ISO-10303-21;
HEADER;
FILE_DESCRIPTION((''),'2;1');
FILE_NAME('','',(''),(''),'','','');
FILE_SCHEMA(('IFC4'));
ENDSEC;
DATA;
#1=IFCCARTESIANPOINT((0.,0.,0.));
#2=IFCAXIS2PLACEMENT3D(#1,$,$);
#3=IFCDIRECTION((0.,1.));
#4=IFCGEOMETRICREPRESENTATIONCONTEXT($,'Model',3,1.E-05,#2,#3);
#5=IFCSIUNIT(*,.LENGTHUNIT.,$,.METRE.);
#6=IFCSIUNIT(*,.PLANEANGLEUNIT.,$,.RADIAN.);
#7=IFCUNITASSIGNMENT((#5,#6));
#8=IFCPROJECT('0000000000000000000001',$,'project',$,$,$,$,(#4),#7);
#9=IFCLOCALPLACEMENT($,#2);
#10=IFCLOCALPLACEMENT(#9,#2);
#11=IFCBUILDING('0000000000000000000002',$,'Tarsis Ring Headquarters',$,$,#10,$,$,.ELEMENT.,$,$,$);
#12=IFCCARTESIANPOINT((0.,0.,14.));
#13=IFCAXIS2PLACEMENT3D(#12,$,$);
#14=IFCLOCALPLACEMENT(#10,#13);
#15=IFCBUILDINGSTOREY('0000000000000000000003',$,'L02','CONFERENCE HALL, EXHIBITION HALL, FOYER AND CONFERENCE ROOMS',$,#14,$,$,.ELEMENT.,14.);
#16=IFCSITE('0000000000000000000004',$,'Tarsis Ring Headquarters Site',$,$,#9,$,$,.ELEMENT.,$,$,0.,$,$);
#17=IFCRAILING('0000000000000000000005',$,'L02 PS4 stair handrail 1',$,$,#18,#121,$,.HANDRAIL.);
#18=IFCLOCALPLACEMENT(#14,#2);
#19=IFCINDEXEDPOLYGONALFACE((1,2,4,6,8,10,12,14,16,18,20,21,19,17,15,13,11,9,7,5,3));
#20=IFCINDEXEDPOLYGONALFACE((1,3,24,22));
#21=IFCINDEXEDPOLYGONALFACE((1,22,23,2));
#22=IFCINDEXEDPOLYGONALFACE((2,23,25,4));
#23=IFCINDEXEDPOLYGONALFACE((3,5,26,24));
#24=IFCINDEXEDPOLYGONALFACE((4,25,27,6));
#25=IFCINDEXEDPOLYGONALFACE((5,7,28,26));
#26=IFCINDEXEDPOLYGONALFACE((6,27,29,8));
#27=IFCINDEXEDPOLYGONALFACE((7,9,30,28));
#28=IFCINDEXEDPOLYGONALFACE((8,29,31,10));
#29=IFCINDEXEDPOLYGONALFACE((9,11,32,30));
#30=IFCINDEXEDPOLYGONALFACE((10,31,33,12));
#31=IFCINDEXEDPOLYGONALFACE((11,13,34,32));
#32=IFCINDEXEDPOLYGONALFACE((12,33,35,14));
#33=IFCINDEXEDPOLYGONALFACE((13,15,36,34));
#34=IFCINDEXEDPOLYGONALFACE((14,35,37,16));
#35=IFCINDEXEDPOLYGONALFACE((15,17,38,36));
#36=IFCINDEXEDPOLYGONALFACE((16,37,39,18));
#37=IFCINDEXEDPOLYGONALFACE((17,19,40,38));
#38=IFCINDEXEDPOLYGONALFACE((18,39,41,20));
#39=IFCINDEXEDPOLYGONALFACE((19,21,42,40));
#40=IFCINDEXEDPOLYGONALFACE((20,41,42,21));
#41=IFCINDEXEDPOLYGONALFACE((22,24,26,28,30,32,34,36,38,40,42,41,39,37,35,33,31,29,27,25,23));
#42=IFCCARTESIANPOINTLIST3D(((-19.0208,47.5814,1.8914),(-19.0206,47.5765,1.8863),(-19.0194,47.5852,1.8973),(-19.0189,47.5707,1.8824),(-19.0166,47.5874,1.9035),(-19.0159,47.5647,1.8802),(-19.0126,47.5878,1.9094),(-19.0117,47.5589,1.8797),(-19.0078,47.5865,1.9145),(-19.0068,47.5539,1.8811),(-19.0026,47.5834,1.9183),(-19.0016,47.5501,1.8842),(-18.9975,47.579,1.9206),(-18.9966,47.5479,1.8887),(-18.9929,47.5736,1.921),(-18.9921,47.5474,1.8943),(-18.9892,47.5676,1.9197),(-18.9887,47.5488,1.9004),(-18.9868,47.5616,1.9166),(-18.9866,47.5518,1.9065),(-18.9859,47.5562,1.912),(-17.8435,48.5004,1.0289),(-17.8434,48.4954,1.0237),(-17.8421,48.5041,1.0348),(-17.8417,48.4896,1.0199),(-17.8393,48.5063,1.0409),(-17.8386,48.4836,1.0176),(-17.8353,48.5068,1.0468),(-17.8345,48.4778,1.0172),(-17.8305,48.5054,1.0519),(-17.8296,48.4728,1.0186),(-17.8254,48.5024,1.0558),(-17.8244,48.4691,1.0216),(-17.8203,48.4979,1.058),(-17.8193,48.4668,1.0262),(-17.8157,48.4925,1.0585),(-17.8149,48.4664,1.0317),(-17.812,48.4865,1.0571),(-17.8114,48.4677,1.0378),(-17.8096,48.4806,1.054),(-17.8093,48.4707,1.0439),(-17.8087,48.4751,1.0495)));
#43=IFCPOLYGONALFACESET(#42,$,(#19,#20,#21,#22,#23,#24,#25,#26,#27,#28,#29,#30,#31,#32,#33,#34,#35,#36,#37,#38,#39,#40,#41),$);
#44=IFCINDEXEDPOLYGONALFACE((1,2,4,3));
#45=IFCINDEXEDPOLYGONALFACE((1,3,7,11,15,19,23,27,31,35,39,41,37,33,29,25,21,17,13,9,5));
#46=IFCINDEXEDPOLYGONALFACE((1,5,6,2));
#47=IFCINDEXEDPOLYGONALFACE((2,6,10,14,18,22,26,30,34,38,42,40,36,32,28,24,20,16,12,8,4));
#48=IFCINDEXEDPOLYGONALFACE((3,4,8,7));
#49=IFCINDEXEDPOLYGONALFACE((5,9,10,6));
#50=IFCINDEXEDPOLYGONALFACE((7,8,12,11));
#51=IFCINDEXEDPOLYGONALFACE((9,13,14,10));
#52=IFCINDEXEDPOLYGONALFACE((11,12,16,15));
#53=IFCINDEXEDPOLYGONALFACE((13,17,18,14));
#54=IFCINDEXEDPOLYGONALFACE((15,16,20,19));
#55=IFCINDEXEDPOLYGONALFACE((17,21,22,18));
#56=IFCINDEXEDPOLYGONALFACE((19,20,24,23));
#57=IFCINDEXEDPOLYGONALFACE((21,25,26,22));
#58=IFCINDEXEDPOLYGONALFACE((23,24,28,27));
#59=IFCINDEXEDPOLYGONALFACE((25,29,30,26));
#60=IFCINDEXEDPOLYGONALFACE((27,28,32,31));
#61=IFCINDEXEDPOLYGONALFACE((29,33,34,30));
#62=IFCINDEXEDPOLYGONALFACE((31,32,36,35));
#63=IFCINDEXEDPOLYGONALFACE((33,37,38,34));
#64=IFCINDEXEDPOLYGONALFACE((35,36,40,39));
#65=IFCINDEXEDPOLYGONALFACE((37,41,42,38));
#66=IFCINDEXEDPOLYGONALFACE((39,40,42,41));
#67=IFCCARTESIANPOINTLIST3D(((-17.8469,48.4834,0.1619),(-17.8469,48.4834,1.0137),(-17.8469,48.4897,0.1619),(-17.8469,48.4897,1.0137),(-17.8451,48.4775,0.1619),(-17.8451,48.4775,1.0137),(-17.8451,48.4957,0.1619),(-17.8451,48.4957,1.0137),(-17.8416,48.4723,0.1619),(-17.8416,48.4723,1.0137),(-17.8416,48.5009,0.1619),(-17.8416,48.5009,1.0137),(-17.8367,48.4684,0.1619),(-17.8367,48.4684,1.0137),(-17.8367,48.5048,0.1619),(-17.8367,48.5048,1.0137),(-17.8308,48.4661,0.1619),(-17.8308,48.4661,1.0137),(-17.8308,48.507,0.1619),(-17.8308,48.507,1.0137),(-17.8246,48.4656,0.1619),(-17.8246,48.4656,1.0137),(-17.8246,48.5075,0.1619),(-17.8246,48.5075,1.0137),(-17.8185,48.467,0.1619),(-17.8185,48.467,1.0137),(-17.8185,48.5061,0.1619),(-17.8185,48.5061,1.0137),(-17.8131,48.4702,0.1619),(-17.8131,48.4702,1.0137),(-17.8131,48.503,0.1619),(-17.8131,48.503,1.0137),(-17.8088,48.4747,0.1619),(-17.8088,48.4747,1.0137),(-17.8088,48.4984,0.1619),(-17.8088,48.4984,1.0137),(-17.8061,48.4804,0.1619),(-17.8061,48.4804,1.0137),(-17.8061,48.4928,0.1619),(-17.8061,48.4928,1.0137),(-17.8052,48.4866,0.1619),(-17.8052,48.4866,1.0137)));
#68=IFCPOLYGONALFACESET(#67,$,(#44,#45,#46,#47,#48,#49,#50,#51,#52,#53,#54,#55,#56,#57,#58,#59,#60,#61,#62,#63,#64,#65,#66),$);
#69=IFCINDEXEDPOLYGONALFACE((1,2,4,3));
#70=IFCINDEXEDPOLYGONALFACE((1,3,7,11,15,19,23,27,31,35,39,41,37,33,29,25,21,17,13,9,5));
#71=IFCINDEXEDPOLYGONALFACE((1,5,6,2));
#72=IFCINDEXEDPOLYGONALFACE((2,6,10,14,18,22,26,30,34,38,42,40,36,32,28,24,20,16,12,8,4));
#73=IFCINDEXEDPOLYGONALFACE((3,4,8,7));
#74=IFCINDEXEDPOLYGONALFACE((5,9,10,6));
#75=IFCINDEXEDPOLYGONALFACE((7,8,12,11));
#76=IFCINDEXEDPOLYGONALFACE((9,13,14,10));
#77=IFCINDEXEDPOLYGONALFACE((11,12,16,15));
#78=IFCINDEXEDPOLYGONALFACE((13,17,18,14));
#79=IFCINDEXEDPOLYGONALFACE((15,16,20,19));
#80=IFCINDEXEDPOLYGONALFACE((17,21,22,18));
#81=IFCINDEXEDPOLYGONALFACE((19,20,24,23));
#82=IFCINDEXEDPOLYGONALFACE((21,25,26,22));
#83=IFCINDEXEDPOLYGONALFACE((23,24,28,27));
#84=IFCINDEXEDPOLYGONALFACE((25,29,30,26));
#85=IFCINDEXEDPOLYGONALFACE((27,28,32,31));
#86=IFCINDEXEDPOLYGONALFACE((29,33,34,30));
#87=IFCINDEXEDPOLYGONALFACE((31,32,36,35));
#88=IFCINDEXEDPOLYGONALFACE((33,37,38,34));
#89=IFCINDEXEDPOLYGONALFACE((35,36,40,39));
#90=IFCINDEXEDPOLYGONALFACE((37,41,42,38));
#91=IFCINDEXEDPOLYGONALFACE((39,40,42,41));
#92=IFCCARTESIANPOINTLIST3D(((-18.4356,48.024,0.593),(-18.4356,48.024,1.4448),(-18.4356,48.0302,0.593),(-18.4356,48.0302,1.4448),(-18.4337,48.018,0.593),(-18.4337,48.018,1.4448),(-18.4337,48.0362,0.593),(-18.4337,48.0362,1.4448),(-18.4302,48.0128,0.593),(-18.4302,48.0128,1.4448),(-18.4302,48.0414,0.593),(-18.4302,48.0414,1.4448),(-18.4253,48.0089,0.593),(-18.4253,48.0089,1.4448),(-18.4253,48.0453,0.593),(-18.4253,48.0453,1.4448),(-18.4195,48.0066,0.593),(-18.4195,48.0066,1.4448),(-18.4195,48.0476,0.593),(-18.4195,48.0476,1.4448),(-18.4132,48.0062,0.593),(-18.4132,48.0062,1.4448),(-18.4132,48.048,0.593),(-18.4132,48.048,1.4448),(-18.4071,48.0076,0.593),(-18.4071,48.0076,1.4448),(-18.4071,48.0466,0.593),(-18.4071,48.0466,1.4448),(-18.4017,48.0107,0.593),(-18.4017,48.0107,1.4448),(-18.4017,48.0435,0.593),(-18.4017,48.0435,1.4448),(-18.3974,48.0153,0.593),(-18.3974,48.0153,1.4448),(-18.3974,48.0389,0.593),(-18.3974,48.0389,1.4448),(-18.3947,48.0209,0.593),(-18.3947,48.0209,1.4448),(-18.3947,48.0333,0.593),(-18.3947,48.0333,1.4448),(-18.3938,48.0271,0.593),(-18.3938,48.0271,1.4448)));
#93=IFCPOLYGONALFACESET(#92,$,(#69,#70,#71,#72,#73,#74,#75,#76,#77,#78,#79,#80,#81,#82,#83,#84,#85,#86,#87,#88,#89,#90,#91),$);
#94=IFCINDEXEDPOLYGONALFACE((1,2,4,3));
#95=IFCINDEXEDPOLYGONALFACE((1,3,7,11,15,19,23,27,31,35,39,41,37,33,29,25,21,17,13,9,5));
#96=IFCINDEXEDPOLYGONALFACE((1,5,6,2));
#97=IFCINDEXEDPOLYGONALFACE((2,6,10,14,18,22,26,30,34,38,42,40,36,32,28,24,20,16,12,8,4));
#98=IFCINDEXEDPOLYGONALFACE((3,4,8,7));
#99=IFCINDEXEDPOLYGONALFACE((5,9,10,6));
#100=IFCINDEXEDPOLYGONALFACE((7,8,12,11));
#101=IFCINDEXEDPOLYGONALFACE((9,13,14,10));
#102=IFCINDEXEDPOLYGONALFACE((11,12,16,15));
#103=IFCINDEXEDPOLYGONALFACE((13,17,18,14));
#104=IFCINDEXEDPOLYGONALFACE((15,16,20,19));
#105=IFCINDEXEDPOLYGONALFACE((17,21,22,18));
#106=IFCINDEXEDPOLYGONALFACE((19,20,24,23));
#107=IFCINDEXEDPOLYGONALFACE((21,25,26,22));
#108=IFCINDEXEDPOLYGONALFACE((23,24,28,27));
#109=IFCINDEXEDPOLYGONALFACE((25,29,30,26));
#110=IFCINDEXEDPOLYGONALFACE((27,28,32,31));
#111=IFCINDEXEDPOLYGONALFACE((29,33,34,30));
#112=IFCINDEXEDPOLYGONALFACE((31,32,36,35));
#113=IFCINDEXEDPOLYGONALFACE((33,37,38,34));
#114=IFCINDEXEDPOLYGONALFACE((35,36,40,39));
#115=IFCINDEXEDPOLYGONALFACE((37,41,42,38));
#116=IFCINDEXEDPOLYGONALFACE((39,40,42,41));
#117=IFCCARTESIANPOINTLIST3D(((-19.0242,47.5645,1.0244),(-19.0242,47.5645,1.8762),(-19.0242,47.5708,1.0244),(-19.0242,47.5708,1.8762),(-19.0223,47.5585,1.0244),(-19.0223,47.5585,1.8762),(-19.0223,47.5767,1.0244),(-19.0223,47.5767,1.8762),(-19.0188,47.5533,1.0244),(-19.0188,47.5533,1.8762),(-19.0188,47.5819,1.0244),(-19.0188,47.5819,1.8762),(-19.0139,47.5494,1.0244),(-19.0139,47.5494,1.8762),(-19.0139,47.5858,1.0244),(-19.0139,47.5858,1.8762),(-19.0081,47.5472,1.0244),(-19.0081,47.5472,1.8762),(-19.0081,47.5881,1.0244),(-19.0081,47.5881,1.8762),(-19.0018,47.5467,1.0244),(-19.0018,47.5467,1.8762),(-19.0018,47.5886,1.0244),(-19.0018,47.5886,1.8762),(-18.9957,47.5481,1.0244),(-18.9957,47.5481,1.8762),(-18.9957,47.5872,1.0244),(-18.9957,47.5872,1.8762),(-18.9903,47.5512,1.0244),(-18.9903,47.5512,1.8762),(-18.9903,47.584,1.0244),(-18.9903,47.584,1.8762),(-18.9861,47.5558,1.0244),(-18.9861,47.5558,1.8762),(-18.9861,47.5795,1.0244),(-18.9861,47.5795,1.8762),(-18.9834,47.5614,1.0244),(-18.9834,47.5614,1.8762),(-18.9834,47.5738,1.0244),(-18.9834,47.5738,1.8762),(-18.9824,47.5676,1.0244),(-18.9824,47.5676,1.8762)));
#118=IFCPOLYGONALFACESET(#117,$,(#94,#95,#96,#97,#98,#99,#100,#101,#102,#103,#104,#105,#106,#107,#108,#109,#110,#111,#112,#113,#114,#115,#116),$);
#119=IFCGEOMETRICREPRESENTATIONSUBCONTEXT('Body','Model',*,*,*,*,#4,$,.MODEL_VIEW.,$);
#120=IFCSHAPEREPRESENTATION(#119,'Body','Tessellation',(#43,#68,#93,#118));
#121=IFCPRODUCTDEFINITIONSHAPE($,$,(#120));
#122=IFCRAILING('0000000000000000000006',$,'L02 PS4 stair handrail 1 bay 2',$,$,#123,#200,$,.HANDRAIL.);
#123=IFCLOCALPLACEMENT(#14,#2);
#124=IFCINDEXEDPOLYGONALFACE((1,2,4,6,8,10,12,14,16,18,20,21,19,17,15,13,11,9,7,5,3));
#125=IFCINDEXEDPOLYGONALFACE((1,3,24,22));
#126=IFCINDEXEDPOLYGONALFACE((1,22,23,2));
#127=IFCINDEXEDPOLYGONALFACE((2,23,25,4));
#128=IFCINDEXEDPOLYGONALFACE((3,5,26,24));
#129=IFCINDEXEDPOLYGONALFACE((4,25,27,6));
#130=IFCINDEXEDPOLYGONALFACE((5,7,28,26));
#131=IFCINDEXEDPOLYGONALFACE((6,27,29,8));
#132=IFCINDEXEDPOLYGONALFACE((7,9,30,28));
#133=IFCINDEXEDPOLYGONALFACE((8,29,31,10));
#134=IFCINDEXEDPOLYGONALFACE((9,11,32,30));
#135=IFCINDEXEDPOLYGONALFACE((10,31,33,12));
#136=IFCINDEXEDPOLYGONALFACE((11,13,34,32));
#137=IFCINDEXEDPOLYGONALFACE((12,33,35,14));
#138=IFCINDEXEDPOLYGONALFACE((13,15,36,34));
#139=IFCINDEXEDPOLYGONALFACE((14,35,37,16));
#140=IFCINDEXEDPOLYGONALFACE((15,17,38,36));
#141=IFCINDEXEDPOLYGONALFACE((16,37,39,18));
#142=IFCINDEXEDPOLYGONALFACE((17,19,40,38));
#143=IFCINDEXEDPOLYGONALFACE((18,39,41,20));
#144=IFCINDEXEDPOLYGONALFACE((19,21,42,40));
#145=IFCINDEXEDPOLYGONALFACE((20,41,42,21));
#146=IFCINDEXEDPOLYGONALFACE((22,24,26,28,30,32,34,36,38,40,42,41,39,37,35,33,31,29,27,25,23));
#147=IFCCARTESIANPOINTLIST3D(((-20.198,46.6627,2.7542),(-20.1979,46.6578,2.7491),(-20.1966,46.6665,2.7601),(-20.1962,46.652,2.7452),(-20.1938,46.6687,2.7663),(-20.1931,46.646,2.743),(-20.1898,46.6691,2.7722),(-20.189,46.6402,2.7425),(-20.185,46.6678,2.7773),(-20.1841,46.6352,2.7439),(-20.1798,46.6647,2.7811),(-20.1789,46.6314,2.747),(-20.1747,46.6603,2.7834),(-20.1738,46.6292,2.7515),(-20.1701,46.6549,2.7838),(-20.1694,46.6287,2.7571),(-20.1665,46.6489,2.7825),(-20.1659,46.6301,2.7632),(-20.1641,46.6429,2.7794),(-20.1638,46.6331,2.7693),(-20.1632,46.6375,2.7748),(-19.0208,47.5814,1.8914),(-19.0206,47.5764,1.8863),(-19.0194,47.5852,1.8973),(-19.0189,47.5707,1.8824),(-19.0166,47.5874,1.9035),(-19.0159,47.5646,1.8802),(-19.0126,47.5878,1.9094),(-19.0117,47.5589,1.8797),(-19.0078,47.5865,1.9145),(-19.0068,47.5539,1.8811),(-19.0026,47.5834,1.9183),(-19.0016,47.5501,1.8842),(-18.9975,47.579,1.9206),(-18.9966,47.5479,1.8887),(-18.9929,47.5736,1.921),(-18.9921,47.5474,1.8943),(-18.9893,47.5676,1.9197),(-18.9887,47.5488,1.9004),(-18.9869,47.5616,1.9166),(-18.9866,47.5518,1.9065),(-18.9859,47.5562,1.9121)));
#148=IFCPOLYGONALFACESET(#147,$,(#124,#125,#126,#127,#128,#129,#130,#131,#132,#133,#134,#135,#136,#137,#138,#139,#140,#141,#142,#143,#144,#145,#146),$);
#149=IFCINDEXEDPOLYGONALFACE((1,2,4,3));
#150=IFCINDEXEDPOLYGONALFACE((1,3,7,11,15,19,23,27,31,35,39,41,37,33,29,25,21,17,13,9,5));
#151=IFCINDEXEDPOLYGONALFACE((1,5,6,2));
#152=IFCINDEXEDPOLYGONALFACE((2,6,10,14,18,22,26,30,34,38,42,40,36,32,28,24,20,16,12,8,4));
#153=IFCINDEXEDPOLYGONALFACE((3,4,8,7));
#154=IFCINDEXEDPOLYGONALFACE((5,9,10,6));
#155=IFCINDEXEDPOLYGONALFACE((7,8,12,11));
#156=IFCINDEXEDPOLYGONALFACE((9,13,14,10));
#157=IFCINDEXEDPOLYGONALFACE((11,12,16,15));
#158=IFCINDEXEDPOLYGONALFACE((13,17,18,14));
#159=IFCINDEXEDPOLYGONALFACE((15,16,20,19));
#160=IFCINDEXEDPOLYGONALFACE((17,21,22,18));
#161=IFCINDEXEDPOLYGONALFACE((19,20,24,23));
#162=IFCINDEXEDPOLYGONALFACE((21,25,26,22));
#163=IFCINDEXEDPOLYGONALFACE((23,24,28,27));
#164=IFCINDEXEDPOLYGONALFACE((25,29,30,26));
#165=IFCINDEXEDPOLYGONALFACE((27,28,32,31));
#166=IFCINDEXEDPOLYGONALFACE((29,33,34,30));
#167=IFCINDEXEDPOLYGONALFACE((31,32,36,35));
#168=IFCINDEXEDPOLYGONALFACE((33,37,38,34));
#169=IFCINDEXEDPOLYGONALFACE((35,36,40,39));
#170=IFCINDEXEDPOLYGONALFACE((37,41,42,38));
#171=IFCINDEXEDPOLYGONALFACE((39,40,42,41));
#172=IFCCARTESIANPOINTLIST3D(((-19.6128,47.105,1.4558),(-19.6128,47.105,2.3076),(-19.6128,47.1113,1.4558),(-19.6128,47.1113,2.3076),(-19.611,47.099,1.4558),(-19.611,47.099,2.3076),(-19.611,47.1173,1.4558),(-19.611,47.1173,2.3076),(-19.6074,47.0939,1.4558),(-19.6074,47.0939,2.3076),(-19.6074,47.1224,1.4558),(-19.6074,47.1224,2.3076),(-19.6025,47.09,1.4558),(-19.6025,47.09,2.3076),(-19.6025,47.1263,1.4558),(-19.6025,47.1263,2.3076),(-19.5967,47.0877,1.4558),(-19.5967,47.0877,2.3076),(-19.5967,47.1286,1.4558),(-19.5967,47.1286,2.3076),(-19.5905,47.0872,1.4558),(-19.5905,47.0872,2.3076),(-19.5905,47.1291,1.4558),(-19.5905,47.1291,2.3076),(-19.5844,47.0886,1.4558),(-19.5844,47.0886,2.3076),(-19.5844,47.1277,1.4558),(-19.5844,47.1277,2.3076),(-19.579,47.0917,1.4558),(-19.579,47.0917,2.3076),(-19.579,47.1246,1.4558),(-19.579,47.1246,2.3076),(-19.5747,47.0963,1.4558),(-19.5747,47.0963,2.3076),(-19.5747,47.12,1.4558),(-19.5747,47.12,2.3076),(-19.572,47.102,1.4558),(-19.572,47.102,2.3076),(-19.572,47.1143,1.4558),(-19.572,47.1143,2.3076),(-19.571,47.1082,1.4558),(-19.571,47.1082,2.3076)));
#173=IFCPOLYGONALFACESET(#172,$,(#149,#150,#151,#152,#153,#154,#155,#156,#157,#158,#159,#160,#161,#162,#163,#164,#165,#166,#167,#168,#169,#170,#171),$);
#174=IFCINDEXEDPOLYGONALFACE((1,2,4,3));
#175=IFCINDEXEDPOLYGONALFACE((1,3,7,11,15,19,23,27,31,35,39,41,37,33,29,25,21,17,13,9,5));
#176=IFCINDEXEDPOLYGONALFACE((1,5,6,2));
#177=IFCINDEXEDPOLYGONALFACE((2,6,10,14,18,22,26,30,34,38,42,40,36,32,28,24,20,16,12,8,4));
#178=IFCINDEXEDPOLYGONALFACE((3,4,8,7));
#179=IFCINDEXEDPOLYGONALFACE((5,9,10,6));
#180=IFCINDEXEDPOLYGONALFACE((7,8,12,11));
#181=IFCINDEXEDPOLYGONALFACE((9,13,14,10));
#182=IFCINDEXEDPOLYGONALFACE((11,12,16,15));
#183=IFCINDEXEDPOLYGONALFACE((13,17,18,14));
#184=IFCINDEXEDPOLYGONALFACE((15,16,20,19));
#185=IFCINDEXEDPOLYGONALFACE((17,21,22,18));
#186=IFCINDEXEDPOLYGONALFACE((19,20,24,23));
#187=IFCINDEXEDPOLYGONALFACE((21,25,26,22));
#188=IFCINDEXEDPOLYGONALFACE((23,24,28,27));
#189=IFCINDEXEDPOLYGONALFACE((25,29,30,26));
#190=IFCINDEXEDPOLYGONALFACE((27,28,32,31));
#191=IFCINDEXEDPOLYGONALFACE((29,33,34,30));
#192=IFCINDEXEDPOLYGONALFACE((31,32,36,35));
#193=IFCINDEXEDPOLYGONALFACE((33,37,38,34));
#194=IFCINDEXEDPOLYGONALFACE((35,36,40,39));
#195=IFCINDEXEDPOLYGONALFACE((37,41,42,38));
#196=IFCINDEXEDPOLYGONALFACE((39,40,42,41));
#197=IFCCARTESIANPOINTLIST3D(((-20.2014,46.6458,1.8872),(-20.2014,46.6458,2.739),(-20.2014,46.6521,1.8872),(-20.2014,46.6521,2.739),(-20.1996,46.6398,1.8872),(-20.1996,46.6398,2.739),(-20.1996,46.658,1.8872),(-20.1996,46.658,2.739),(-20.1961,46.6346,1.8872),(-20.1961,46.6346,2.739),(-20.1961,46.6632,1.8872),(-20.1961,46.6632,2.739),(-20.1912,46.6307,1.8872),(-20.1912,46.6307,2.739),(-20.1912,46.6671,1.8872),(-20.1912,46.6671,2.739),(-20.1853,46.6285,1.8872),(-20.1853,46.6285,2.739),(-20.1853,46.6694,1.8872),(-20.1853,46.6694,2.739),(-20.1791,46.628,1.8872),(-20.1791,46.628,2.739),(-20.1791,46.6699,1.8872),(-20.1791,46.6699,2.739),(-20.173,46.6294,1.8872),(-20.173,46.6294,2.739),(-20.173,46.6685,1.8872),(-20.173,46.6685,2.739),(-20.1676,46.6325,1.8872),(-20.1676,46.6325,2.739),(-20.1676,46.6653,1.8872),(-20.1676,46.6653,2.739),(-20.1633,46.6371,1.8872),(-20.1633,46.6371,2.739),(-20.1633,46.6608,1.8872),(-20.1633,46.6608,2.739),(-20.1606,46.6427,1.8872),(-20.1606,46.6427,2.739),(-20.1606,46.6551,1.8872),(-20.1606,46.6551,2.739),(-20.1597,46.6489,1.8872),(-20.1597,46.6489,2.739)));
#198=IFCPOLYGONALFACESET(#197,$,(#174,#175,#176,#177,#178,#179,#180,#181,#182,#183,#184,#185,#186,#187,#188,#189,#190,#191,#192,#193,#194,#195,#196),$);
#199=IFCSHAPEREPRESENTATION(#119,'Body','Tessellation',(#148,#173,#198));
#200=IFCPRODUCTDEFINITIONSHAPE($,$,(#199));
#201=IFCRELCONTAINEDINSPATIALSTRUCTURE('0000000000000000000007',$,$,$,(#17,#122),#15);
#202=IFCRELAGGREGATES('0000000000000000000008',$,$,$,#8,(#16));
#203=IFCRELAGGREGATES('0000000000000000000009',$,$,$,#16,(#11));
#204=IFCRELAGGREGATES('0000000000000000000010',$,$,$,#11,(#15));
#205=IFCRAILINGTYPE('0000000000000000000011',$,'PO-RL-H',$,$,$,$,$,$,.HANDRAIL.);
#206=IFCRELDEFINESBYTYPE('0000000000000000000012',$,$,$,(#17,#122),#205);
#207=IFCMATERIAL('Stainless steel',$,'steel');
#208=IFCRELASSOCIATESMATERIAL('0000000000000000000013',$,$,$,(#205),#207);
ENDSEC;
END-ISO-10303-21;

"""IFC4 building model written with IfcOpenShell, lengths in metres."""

from ifc_helpers import new_model, si_unit, direction, frame, origin, origin_2d, place, context, subcontext, project, spatial, circle, extrude, material, type_object, element, save


model = new_model("IFC4")

# Units and contexts
model_context = context("Model", 3, precision=1e-05, world=origin(), true_north=direction((0.0, 1.0)))
body_context = subcontext(model_context, "Body", "Model", "MODEL_VIEW")
ifc_project = project(units=[si_unit("LENGTHUNIT", "METRE"), si_unit("PLANEANGLEUNIT", "RADIAN")], contexts=[model_context])

# Site, building, storey
site_placement = place(None, origin())
site = spatial("IfcSite", under=ifc_project, at=site_placement, Name="Tarsis Ring Headquarters Site", CompositionType="ELEMENT", RefElevation=0.0)
building_placement = place(site_placement, origin())
building = spatial("IfcBuilding", under=site, at=building_placement, Name="Tarsis Ring Headquarters", CompositionType="ELEMENT")
storey_placement = place(building_placement, frame((0.0, 0.0, 14.0)))
storey = spatial("IfcBuildingStorey", under=building, at=storey_placement, Name="L02", Description="CONFERENCE HALL, EXHIBITION HALL, FOYER AND CONFERENCE ROOMS", CompositionType="ELEMENT", Elevation=14.0)

# Railings
ifc_material_1 = material(Name="Stainless steel", Category="steel")
railing_type = type_object("IfcRailingType", Name="PO-RL-H", PredefinedType="HANDRAIL", material=ifc_material_1)
railing_1_placement = place(storey_placement, frame((-17.8262, 48.4866, 0.1619)))
element("IfcRailing", 1, at=railing_1_placement, inside=storey, type_object=railing_type, Name="L02 PS4 stair handrail 1", PredefinedType="HANDRAIL", context=body_context, shape_type="SweptSolid", body=[
    extrude(circle(Radius=0.0239, at=origin_2d()), frame((0.0, 0.0, 0.876), z_axis=(-0.682607, -0.532835, 0.500135), x_axis=(0.61532, -0.788277, 0.0)), (0.0, 0.0, 1.0), 1.7246),
    extrude(circle(Radius=0.021, at=origin_2d()), origin(), (0.0, 0.0, 1.0), 0.8518),
    extrude(circle(Radius=0.021, at=origin_2d()), frame((-0.5886, -0.4595, 0.4312)), (0.0, 0.0, 1.0), 0.8518),
    extrude(circle(Radius=0.021, at=origin_2d()), frame((-1.1772, -0.9189, 0.8625)), (0.0, 0.0, 1.0), 0.8518),
])
railing_2_placement = place(storey_placement, frame((-19.0034, 47.5676, 1.0244)))
element("IfcRailing", 2, at=railing_2_placement, inside=storey, type_object=railing_type, Name="L02 PS4 stair handrail 1 bay 2", PredefinedType="HANDRAIL", context=body_context, shape_type="SweptSolid", body=[
    extrude(circle(Radius=0.0239, at=origin_2d()), frame((0.0, 0.0, 0.876), z_axis=(-0.68261, -0.532696, 0.500279), x_axis=(0.615219, -0.788356, 0.0)), (0.0, 0.0, 1.0), 1.7246),
    extrude(circle(Radius=0.021, at=origin_2d()), frame((-0.5886, -0.4595, 0.4314)), (0.0, 0.0, 1.0), 0.8518),
    extrude(circle(Radius=0.021, at=origin_2d()), frame((-1.1772, -0.9187, 0.8628)), (0.0, 0.0, 1.0), 0.8518),
])

save(model, "model.ifc")
